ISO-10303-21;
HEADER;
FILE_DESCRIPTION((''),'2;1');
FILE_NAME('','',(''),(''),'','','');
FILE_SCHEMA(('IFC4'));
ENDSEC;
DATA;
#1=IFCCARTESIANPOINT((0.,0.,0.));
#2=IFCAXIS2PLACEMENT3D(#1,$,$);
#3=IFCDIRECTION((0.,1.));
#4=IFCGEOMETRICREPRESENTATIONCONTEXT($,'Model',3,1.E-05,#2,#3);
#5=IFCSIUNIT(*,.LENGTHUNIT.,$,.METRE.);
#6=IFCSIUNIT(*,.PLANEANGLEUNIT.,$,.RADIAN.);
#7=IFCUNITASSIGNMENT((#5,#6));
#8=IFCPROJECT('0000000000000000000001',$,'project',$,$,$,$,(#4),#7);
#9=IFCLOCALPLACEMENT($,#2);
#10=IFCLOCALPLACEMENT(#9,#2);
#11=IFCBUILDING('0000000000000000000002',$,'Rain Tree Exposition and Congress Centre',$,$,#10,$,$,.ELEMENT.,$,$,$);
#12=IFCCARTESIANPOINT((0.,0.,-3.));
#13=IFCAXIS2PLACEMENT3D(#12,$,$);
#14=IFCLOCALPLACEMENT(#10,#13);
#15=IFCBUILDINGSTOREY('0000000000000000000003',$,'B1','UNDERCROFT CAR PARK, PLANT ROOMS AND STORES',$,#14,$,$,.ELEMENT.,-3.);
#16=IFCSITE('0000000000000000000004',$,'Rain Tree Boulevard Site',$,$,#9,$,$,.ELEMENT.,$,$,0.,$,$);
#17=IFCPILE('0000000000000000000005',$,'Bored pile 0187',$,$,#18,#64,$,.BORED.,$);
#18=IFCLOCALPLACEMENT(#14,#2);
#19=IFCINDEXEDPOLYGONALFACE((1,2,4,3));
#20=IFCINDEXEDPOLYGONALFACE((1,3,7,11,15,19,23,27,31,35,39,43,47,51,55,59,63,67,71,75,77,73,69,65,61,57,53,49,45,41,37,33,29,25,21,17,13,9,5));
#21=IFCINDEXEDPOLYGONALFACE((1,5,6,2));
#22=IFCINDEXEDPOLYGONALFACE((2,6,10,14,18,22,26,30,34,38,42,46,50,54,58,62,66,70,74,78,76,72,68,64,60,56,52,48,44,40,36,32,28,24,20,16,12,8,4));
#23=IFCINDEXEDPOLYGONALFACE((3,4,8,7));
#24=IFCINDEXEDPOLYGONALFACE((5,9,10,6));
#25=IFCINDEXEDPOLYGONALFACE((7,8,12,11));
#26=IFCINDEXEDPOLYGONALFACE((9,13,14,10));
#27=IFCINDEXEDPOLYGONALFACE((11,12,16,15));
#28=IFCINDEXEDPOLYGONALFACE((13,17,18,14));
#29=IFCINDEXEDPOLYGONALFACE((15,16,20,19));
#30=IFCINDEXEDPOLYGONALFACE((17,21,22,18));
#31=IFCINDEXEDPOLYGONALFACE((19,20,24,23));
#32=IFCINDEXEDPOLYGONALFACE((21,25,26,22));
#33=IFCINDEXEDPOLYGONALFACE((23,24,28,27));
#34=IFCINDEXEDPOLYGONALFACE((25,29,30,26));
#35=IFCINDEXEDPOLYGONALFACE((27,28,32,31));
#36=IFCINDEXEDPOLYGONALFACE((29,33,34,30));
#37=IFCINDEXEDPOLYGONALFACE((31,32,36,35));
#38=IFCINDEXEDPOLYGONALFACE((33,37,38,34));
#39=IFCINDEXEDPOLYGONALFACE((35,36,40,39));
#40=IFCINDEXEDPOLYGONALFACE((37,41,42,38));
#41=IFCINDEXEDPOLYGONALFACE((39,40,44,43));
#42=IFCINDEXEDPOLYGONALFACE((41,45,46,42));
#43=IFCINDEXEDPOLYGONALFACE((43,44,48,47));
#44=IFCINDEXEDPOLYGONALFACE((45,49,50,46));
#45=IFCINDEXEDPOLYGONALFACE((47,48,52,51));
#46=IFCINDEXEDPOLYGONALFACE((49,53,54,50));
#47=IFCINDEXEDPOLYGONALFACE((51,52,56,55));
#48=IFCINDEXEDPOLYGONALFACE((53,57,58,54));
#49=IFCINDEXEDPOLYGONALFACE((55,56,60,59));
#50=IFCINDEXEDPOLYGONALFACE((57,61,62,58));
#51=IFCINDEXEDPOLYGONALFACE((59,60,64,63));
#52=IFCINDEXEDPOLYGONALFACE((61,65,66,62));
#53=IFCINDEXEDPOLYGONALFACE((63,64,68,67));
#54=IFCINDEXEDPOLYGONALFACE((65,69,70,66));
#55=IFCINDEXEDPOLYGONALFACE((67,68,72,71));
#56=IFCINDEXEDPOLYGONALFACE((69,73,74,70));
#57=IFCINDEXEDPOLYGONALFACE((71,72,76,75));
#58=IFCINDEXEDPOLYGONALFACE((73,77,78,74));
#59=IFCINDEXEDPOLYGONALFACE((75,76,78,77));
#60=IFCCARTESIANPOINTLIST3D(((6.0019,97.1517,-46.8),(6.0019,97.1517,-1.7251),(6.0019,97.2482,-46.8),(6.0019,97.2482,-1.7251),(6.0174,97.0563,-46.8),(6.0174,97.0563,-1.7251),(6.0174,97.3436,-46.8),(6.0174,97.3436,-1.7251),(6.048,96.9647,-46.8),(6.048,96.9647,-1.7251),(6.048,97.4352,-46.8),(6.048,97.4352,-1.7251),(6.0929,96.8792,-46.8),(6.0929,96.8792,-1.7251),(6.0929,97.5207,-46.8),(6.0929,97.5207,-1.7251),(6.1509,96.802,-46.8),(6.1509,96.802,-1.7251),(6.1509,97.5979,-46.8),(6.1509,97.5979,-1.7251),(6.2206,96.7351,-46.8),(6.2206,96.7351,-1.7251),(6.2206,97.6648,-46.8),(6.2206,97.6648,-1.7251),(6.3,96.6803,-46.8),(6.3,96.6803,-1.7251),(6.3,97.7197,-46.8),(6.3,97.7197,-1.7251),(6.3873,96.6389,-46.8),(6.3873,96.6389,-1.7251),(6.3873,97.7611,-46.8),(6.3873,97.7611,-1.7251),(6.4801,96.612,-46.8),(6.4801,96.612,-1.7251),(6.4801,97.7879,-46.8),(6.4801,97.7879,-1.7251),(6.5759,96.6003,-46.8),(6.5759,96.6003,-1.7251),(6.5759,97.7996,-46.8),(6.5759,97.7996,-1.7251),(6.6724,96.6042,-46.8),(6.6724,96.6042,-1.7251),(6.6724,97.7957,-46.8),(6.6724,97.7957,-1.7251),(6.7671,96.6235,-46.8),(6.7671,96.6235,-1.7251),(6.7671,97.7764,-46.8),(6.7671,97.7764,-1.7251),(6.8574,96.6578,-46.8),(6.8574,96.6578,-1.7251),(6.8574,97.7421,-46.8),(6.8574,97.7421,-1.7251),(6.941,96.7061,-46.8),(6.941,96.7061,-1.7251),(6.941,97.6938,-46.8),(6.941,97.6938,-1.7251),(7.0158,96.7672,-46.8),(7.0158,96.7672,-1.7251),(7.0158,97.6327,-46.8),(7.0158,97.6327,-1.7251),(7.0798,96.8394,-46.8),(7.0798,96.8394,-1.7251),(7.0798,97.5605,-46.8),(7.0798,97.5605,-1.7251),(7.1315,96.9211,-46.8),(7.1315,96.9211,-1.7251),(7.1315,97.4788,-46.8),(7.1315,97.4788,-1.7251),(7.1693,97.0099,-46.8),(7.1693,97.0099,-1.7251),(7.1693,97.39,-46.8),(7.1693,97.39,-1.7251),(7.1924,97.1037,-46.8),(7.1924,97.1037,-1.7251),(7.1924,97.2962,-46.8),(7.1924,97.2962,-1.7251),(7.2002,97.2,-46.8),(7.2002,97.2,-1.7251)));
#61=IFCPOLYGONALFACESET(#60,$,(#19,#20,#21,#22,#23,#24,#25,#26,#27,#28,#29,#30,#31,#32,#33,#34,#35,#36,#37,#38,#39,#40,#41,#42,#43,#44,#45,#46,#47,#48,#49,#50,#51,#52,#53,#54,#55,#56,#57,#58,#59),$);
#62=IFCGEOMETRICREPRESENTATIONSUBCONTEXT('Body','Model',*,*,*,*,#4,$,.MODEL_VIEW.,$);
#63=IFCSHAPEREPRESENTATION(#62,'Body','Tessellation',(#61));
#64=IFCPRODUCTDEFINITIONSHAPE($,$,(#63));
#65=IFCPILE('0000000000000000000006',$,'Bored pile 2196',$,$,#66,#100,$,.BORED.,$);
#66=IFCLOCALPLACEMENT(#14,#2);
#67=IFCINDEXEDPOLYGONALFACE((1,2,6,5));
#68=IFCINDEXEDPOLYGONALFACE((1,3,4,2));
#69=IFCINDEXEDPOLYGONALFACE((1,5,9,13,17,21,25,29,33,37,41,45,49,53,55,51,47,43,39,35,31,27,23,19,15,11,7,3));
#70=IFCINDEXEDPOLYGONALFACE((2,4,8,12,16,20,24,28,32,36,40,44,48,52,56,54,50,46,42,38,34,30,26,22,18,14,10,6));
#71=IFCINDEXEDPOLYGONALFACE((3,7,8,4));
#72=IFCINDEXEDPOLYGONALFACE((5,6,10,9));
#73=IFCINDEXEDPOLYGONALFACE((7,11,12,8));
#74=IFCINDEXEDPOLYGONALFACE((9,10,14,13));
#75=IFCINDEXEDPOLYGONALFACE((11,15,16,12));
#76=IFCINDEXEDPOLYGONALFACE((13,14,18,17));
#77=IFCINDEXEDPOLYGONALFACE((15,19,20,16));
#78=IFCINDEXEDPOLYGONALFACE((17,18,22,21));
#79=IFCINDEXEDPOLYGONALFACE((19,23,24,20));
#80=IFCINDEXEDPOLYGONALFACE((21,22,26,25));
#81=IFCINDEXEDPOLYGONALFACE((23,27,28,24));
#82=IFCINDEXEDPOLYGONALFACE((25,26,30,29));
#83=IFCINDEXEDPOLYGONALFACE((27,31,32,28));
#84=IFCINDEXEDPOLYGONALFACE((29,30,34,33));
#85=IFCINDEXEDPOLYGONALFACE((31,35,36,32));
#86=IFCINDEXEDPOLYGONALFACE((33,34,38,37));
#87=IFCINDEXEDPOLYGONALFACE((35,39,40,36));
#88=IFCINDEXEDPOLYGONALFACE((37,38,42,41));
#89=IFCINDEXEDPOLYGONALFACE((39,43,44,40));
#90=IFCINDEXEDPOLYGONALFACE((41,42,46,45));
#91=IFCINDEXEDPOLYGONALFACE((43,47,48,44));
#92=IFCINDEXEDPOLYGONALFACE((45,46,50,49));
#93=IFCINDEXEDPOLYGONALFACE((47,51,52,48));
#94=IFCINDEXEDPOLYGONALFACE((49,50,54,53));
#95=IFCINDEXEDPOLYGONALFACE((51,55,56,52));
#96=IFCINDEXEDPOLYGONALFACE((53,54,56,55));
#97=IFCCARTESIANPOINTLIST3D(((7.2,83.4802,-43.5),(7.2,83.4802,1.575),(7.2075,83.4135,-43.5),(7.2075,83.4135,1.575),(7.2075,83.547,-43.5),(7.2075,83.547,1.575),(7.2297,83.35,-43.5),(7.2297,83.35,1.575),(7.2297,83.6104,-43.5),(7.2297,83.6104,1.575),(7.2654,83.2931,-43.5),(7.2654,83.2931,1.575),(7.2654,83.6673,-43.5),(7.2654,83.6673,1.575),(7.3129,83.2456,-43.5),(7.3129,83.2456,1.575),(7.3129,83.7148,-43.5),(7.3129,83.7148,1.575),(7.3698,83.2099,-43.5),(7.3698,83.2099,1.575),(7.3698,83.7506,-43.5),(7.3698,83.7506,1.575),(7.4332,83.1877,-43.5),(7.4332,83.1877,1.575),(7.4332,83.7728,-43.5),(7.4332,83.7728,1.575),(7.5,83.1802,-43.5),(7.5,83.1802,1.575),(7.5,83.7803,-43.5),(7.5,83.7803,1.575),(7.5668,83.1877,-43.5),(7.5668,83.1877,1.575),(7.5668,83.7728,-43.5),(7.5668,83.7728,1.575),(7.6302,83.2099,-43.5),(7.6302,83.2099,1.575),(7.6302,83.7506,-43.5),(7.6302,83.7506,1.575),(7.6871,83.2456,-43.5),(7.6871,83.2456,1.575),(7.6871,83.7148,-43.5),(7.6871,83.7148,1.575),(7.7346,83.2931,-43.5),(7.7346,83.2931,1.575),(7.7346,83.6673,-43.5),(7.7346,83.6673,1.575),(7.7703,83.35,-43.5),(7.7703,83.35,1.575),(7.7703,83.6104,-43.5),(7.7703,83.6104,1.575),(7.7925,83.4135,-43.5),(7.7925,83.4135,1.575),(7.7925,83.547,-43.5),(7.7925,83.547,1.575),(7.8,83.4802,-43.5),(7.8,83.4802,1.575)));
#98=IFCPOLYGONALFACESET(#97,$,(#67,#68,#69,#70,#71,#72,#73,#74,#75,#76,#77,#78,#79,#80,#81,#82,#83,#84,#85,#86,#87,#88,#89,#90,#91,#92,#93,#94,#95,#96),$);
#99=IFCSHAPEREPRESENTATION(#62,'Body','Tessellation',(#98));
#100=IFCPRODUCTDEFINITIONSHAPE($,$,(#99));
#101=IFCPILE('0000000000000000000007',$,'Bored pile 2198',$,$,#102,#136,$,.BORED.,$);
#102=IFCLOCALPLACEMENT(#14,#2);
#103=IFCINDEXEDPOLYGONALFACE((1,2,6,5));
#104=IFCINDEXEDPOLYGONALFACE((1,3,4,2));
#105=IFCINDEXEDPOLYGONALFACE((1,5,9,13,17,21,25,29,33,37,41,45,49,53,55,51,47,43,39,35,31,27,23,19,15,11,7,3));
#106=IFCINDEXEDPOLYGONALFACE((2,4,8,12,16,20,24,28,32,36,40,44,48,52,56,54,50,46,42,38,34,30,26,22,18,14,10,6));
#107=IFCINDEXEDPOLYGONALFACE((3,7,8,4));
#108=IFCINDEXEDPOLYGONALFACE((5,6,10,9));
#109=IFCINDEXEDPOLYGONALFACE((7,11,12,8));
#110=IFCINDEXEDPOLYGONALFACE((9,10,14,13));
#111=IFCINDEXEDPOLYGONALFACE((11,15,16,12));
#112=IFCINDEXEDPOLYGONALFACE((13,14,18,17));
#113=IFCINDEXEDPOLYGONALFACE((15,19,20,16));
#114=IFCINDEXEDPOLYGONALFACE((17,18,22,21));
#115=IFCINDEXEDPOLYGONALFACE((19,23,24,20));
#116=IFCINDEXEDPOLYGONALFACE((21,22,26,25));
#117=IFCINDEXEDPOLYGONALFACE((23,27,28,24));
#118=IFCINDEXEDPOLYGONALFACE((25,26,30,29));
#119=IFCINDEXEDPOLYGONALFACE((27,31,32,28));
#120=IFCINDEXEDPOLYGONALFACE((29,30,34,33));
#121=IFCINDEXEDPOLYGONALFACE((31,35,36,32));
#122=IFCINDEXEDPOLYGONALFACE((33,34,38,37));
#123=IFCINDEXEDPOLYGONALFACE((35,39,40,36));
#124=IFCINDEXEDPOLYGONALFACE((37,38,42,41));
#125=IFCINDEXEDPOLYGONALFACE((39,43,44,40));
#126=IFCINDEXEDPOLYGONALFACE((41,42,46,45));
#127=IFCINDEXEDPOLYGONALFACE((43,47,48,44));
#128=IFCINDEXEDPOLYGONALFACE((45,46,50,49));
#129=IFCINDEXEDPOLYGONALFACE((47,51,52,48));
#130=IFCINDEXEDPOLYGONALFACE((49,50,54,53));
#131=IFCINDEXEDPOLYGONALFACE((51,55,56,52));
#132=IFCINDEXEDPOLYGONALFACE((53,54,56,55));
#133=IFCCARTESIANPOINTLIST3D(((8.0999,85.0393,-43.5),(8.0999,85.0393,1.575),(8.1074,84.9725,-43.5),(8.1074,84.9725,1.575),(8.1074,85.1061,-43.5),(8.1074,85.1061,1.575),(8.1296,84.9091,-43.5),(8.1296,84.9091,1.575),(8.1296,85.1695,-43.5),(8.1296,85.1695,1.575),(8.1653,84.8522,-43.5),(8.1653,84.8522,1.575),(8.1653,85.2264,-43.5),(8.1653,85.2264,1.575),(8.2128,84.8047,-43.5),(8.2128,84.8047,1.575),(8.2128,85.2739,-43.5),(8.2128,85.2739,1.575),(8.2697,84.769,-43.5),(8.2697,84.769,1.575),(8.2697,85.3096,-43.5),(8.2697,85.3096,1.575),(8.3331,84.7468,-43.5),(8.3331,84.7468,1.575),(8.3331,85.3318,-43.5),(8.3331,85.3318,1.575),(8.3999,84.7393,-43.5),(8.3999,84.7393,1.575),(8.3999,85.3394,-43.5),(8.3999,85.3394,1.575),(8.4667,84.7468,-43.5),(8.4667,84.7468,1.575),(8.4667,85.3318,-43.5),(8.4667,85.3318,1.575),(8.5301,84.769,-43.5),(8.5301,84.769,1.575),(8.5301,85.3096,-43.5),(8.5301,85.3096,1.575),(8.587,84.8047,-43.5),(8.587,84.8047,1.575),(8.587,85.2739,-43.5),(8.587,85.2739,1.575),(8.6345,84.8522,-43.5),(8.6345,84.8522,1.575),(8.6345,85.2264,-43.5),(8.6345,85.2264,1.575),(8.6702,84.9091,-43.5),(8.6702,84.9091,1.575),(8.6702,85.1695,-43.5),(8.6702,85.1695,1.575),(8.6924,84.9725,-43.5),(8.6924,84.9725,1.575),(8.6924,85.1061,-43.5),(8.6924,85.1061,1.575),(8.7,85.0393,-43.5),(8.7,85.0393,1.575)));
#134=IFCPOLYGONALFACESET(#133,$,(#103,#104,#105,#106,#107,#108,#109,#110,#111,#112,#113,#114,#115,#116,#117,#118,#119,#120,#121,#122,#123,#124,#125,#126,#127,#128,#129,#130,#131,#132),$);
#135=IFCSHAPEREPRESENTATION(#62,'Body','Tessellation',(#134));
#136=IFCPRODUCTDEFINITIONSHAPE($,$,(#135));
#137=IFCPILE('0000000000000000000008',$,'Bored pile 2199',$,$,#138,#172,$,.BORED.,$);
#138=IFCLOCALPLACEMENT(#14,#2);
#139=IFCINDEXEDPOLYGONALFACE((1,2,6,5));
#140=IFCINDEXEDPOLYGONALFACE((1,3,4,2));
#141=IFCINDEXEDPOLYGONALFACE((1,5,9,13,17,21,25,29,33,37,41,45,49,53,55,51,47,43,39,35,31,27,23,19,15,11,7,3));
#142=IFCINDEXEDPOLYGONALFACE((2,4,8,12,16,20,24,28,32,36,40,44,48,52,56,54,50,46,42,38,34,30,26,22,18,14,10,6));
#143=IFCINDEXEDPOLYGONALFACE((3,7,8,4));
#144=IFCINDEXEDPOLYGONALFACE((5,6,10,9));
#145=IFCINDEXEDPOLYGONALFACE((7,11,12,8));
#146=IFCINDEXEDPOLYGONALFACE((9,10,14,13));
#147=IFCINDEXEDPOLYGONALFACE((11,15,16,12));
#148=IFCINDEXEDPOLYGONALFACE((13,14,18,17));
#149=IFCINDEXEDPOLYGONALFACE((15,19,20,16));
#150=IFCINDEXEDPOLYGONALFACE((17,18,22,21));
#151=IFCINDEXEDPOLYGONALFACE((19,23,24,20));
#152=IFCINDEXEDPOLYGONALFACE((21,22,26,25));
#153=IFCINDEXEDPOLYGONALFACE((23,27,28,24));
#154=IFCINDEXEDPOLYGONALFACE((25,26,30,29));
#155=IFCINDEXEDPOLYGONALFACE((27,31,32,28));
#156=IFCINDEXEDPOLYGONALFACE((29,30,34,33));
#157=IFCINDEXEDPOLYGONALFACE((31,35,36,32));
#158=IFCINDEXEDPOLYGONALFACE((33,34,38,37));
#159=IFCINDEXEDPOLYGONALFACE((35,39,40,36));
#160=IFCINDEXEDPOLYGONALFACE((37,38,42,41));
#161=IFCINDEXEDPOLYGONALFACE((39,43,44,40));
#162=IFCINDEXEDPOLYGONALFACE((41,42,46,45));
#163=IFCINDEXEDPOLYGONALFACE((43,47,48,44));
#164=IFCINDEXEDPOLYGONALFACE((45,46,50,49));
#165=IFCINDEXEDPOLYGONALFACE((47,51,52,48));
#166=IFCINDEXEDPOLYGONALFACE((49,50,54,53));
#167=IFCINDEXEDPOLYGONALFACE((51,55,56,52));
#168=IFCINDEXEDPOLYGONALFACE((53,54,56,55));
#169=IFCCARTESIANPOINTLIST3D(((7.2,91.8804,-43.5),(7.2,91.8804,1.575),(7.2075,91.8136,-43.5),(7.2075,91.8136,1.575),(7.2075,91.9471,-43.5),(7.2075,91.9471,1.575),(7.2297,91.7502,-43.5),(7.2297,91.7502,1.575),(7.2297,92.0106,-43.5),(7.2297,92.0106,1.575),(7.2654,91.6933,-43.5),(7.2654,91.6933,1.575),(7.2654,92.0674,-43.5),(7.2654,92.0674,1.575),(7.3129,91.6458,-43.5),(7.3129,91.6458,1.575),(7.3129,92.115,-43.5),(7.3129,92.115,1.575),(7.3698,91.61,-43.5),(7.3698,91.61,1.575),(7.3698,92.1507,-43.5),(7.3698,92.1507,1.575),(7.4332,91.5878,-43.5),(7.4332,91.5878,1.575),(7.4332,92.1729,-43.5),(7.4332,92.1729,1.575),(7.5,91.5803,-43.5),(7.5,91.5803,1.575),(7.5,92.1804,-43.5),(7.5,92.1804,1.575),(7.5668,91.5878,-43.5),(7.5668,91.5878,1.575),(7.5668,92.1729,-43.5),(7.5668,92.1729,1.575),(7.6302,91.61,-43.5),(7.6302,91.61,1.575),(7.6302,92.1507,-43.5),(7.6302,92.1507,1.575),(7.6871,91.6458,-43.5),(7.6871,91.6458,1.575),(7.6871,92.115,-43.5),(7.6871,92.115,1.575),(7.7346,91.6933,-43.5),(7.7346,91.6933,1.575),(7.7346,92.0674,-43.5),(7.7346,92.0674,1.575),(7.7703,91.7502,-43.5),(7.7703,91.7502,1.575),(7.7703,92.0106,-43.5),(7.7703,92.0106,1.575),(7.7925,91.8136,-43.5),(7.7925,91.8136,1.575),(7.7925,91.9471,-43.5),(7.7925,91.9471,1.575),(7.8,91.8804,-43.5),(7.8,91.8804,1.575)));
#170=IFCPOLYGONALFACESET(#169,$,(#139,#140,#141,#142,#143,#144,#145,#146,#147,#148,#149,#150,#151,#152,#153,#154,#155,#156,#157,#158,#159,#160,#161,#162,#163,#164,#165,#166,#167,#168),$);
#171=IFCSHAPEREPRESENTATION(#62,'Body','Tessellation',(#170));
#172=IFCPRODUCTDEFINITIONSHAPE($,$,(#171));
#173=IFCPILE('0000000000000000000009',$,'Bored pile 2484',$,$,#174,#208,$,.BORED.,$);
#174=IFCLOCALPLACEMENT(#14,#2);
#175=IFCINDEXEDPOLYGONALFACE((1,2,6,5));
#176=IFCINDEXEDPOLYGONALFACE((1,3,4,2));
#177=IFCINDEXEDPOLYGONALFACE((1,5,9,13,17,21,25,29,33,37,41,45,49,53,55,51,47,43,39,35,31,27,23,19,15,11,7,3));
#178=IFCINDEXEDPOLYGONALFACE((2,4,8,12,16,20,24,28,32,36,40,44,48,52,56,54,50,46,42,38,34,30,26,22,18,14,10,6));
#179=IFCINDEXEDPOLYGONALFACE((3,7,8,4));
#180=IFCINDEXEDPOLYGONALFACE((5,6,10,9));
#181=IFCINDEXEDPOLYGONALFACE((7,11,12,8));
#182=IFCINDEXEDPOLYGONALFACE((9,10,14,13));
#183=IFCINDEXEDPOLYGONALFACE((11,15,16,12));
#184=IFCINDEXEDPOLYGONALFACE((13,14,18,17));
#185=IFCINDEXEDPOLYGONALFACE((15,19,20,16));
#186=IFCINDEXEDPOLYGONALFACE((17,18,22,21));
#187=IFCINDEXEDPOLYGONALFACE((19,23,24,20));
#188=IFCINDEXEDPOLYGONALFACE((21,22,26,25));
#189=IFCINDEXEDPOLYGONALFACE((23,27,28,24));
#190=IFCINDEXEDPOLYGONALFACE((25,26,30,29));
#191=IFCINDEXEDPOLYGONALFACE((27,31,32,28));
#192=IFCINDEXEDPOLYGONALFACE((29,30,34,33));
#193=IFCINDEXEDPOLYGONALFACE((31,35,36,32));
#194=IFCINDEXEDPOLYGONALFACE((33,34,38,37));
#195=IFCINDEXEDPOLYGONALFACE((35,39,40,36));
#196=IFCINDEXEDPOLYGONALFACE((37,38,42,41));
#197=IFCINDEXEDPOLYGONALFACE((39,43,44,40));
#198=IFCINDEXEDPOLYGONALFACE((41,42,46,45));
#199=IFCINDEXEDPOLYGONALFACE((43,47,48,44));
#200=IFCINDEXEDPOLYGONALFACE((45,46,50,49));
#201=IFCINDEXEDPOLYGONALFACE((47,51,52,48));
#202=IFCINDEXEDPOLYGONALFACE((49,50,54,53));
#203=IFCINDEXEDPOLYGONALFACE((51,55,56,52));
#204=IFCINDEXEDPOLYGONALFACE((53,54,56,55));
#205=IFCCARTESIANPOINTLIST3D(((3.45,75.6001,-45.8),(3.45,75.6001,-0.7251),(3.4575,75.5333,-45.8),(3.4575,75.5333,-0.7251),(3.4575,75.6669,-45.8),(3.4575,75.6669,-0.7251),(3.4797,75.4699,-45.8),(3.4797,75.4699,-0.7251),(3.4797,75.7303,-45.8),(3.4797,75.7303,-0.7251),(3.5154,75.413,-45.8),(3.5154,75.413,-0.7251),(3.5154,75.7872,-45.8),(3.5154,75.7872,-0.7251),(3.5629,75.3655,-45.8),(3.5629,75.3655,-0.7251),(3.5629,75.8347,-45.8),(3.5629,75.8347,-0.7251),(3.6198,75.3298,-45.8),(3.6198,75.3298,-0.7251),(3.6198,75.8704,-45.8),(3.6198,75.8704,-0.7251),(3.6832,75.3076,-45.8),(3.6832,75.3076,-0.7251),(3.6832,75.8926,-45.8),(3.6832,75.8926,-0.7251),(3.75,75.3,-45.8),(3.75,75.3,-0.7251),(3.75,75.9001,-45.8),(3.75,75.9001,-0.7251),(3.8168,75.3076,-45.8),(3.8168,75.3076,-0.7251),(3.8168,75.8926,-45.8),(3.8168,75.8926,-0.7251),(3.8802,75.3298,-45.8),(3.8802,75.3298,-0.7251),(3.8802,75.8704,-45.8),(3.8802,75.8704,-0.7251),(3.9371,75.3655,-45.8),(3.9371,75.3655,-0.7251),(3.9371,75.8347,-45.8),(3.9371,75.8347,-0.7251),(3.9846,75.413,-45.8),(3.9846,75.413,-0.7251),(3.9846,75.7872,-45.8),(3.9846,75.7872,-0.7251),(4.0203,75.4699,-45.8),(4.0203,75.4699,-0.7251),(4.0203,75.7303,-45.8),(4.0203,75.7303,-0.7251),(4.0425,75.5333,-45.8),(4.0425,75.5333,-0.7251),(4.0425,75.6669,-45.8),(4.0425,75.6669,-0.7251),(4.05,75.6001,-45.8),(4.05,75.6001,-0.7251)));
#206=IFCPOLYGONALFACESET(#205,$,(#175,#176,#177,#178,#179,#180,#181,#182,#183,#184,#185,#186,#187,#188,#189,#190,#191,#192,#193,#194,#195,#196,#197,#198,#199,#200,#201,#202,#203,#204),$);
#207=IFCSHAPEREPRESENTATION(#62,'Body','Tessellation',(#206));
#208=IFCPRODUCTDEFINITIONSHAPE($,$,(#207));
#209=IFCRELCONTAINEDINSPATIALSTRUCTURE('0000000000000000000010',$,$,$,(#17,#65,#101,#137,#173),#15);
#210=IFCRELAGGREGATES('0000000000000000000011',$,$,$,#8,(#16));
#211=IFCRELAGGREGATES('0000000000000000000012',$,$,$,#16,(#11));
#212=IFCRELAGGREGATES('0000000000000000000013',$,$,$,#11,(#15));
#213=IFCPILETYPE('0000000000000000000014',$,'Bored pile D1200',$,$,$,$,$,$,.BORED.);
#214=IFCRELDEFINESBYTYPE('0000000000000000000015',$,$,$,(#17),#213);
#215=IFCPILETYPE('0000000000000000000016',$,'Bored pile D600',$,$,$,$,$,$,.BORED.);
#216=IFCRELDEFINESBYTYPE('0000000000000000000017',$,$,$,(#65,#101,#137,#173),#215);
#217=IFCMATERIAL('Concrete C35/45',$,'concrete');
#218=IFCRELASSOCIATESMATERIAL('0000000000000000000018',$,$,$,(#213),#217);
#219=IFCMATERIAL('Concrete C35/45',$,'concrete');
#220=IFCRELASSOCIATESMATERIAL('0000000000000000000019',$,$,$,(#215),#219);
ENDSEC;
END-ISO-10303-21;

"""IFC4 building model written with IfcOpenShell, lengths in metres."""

from ifc_helpers import new_model, si_unit, direction, frame, origin, origin_2d, place, context, subcontext, project, spatial, circle, extrude, material, material_profile, profile_set, type_object, element, save


model = new_model("IFC4")

# Units and contexts
model_context = context("Model", 3, precision=1e-05, world=origin(), true_north=direction((0.0, 1.0)))
body_context = subcontext(model_context, "Body", "Model", "MODEL_VIEW")
ifc_project = project(units=[si_unit("LENGTHUNIT", "METRE"), si_unit("PLANEANGLEUNIT", "RADIAN")], contexts=[model_context])

# Site, building, storey
site_placement = place(None, origin())
site = spatial("IfcSite", under=ifc_project, at=site_placement, Name="Rain Tree Boulevard Site", CompositionType="ELEMENT", RefElevation=0.0)
building_placement = place(site_placement, origin())
building = spatial("IfcBuilding", under=site, at=building_placement, Name="Rain Tree Exposition and Congress Centre", CompositionType="ELEMENT")
storey_placement = place(building_placement, frame((0.0, 0.0, -3.0)))
storey = spatial("IfcBuildingStorey", under=building, at=storey_placement, Name="B1", Description="UNDERCROFT CAR PARK, PLANT ROOMS AND STORES", CompositionType="ELEMENT", Elevation=-3.0)

# Piles
ifc_material_1 = material(Name="Concrete C35/45", Category="concrete")
ifc_material_profile_1 = material_profile(ifc_material_1, circle(Radius=0.6001, at=origin_2d()), Name="D1200")
ifc_profile_set_1 = profile_set([ifc_material_profile_1], Name="Concrete C35/45")
pile_type_1 = type_object("IfcPileType", Name="Bored pile D1200", PredefinedType="BORED", material=ifc_profile_set_1)
pile_placement = place(storey_placement, frame((6.6001, 97.2, -1.7251), z_axis=(0.0, 0.0, -1.0), x_axis=(1.0, 0.0, 0.0)))
element("IfcPile", 1, at=pile_placement, inside=storey, type_object=pile_type_1, Name="Bored pile 0187", PredefinedType="BORED", context=body_context, shape_type="SweptSolid", body=[
    extrude(circle(Radius=0.6001, at=origin_2d()), origin(), (0.0, 0.0, 1.0), 45.075),
])
ifc_material_2 = material(Name="Concrete C35/45", Category="concrete")
ifc_material_profile_2 = material_profile(ifc_material_2, circle(Radius=0.3, at=origin_2d()), Name="D600")
ifc_profile_set_2 = profile_set([ifc_material_profile_2], Name="Concrete C35/45")
pile_type_2 = type_object("IfcPileType", Name="Bored pile D600", PredefinedType="BORED", material=ifc_profile_set_2)
for number, where, z_axis, x_axis, name in (
    (2, (7.5, 83.4802, 1.575), (0.0, 0.0, -1.0), (1.0, 0.0, 0.0), "Bored pile 2196"),
    (3, (8.3999, 85.0393, 1.575), (0.0, 0.0, -1.0), (1.0, 0.0, 0.0), "Bored pile 2198"),
    (4, (7.5, 91.8804, 1.575), (0.0, 0.0, -1.0), (1.0, 0.0, 0.0), "Bored pile 2199"),
    (5, (3.75, 75.6001, -0.7251), (0.0, 0.0, -1.0), (1.0, 0.0, 0.0), "Bored pile 2484"),
):
    element("IfcPile", number, at=place(storey_placement, frame(where, z_axis=z_axis, x_axis=x_axis)), inside=storey, type_object=pile_type_2, Name=name, PredefinedType="BORED", context=body_context, shape_type="SweptSolid", body=[
        extrude(circle(Radius=0.3, at=origin_2d()), origin(), (0.0, 0.0, 1.0), 45.075),
    ])

save(model, "model.ifc")
